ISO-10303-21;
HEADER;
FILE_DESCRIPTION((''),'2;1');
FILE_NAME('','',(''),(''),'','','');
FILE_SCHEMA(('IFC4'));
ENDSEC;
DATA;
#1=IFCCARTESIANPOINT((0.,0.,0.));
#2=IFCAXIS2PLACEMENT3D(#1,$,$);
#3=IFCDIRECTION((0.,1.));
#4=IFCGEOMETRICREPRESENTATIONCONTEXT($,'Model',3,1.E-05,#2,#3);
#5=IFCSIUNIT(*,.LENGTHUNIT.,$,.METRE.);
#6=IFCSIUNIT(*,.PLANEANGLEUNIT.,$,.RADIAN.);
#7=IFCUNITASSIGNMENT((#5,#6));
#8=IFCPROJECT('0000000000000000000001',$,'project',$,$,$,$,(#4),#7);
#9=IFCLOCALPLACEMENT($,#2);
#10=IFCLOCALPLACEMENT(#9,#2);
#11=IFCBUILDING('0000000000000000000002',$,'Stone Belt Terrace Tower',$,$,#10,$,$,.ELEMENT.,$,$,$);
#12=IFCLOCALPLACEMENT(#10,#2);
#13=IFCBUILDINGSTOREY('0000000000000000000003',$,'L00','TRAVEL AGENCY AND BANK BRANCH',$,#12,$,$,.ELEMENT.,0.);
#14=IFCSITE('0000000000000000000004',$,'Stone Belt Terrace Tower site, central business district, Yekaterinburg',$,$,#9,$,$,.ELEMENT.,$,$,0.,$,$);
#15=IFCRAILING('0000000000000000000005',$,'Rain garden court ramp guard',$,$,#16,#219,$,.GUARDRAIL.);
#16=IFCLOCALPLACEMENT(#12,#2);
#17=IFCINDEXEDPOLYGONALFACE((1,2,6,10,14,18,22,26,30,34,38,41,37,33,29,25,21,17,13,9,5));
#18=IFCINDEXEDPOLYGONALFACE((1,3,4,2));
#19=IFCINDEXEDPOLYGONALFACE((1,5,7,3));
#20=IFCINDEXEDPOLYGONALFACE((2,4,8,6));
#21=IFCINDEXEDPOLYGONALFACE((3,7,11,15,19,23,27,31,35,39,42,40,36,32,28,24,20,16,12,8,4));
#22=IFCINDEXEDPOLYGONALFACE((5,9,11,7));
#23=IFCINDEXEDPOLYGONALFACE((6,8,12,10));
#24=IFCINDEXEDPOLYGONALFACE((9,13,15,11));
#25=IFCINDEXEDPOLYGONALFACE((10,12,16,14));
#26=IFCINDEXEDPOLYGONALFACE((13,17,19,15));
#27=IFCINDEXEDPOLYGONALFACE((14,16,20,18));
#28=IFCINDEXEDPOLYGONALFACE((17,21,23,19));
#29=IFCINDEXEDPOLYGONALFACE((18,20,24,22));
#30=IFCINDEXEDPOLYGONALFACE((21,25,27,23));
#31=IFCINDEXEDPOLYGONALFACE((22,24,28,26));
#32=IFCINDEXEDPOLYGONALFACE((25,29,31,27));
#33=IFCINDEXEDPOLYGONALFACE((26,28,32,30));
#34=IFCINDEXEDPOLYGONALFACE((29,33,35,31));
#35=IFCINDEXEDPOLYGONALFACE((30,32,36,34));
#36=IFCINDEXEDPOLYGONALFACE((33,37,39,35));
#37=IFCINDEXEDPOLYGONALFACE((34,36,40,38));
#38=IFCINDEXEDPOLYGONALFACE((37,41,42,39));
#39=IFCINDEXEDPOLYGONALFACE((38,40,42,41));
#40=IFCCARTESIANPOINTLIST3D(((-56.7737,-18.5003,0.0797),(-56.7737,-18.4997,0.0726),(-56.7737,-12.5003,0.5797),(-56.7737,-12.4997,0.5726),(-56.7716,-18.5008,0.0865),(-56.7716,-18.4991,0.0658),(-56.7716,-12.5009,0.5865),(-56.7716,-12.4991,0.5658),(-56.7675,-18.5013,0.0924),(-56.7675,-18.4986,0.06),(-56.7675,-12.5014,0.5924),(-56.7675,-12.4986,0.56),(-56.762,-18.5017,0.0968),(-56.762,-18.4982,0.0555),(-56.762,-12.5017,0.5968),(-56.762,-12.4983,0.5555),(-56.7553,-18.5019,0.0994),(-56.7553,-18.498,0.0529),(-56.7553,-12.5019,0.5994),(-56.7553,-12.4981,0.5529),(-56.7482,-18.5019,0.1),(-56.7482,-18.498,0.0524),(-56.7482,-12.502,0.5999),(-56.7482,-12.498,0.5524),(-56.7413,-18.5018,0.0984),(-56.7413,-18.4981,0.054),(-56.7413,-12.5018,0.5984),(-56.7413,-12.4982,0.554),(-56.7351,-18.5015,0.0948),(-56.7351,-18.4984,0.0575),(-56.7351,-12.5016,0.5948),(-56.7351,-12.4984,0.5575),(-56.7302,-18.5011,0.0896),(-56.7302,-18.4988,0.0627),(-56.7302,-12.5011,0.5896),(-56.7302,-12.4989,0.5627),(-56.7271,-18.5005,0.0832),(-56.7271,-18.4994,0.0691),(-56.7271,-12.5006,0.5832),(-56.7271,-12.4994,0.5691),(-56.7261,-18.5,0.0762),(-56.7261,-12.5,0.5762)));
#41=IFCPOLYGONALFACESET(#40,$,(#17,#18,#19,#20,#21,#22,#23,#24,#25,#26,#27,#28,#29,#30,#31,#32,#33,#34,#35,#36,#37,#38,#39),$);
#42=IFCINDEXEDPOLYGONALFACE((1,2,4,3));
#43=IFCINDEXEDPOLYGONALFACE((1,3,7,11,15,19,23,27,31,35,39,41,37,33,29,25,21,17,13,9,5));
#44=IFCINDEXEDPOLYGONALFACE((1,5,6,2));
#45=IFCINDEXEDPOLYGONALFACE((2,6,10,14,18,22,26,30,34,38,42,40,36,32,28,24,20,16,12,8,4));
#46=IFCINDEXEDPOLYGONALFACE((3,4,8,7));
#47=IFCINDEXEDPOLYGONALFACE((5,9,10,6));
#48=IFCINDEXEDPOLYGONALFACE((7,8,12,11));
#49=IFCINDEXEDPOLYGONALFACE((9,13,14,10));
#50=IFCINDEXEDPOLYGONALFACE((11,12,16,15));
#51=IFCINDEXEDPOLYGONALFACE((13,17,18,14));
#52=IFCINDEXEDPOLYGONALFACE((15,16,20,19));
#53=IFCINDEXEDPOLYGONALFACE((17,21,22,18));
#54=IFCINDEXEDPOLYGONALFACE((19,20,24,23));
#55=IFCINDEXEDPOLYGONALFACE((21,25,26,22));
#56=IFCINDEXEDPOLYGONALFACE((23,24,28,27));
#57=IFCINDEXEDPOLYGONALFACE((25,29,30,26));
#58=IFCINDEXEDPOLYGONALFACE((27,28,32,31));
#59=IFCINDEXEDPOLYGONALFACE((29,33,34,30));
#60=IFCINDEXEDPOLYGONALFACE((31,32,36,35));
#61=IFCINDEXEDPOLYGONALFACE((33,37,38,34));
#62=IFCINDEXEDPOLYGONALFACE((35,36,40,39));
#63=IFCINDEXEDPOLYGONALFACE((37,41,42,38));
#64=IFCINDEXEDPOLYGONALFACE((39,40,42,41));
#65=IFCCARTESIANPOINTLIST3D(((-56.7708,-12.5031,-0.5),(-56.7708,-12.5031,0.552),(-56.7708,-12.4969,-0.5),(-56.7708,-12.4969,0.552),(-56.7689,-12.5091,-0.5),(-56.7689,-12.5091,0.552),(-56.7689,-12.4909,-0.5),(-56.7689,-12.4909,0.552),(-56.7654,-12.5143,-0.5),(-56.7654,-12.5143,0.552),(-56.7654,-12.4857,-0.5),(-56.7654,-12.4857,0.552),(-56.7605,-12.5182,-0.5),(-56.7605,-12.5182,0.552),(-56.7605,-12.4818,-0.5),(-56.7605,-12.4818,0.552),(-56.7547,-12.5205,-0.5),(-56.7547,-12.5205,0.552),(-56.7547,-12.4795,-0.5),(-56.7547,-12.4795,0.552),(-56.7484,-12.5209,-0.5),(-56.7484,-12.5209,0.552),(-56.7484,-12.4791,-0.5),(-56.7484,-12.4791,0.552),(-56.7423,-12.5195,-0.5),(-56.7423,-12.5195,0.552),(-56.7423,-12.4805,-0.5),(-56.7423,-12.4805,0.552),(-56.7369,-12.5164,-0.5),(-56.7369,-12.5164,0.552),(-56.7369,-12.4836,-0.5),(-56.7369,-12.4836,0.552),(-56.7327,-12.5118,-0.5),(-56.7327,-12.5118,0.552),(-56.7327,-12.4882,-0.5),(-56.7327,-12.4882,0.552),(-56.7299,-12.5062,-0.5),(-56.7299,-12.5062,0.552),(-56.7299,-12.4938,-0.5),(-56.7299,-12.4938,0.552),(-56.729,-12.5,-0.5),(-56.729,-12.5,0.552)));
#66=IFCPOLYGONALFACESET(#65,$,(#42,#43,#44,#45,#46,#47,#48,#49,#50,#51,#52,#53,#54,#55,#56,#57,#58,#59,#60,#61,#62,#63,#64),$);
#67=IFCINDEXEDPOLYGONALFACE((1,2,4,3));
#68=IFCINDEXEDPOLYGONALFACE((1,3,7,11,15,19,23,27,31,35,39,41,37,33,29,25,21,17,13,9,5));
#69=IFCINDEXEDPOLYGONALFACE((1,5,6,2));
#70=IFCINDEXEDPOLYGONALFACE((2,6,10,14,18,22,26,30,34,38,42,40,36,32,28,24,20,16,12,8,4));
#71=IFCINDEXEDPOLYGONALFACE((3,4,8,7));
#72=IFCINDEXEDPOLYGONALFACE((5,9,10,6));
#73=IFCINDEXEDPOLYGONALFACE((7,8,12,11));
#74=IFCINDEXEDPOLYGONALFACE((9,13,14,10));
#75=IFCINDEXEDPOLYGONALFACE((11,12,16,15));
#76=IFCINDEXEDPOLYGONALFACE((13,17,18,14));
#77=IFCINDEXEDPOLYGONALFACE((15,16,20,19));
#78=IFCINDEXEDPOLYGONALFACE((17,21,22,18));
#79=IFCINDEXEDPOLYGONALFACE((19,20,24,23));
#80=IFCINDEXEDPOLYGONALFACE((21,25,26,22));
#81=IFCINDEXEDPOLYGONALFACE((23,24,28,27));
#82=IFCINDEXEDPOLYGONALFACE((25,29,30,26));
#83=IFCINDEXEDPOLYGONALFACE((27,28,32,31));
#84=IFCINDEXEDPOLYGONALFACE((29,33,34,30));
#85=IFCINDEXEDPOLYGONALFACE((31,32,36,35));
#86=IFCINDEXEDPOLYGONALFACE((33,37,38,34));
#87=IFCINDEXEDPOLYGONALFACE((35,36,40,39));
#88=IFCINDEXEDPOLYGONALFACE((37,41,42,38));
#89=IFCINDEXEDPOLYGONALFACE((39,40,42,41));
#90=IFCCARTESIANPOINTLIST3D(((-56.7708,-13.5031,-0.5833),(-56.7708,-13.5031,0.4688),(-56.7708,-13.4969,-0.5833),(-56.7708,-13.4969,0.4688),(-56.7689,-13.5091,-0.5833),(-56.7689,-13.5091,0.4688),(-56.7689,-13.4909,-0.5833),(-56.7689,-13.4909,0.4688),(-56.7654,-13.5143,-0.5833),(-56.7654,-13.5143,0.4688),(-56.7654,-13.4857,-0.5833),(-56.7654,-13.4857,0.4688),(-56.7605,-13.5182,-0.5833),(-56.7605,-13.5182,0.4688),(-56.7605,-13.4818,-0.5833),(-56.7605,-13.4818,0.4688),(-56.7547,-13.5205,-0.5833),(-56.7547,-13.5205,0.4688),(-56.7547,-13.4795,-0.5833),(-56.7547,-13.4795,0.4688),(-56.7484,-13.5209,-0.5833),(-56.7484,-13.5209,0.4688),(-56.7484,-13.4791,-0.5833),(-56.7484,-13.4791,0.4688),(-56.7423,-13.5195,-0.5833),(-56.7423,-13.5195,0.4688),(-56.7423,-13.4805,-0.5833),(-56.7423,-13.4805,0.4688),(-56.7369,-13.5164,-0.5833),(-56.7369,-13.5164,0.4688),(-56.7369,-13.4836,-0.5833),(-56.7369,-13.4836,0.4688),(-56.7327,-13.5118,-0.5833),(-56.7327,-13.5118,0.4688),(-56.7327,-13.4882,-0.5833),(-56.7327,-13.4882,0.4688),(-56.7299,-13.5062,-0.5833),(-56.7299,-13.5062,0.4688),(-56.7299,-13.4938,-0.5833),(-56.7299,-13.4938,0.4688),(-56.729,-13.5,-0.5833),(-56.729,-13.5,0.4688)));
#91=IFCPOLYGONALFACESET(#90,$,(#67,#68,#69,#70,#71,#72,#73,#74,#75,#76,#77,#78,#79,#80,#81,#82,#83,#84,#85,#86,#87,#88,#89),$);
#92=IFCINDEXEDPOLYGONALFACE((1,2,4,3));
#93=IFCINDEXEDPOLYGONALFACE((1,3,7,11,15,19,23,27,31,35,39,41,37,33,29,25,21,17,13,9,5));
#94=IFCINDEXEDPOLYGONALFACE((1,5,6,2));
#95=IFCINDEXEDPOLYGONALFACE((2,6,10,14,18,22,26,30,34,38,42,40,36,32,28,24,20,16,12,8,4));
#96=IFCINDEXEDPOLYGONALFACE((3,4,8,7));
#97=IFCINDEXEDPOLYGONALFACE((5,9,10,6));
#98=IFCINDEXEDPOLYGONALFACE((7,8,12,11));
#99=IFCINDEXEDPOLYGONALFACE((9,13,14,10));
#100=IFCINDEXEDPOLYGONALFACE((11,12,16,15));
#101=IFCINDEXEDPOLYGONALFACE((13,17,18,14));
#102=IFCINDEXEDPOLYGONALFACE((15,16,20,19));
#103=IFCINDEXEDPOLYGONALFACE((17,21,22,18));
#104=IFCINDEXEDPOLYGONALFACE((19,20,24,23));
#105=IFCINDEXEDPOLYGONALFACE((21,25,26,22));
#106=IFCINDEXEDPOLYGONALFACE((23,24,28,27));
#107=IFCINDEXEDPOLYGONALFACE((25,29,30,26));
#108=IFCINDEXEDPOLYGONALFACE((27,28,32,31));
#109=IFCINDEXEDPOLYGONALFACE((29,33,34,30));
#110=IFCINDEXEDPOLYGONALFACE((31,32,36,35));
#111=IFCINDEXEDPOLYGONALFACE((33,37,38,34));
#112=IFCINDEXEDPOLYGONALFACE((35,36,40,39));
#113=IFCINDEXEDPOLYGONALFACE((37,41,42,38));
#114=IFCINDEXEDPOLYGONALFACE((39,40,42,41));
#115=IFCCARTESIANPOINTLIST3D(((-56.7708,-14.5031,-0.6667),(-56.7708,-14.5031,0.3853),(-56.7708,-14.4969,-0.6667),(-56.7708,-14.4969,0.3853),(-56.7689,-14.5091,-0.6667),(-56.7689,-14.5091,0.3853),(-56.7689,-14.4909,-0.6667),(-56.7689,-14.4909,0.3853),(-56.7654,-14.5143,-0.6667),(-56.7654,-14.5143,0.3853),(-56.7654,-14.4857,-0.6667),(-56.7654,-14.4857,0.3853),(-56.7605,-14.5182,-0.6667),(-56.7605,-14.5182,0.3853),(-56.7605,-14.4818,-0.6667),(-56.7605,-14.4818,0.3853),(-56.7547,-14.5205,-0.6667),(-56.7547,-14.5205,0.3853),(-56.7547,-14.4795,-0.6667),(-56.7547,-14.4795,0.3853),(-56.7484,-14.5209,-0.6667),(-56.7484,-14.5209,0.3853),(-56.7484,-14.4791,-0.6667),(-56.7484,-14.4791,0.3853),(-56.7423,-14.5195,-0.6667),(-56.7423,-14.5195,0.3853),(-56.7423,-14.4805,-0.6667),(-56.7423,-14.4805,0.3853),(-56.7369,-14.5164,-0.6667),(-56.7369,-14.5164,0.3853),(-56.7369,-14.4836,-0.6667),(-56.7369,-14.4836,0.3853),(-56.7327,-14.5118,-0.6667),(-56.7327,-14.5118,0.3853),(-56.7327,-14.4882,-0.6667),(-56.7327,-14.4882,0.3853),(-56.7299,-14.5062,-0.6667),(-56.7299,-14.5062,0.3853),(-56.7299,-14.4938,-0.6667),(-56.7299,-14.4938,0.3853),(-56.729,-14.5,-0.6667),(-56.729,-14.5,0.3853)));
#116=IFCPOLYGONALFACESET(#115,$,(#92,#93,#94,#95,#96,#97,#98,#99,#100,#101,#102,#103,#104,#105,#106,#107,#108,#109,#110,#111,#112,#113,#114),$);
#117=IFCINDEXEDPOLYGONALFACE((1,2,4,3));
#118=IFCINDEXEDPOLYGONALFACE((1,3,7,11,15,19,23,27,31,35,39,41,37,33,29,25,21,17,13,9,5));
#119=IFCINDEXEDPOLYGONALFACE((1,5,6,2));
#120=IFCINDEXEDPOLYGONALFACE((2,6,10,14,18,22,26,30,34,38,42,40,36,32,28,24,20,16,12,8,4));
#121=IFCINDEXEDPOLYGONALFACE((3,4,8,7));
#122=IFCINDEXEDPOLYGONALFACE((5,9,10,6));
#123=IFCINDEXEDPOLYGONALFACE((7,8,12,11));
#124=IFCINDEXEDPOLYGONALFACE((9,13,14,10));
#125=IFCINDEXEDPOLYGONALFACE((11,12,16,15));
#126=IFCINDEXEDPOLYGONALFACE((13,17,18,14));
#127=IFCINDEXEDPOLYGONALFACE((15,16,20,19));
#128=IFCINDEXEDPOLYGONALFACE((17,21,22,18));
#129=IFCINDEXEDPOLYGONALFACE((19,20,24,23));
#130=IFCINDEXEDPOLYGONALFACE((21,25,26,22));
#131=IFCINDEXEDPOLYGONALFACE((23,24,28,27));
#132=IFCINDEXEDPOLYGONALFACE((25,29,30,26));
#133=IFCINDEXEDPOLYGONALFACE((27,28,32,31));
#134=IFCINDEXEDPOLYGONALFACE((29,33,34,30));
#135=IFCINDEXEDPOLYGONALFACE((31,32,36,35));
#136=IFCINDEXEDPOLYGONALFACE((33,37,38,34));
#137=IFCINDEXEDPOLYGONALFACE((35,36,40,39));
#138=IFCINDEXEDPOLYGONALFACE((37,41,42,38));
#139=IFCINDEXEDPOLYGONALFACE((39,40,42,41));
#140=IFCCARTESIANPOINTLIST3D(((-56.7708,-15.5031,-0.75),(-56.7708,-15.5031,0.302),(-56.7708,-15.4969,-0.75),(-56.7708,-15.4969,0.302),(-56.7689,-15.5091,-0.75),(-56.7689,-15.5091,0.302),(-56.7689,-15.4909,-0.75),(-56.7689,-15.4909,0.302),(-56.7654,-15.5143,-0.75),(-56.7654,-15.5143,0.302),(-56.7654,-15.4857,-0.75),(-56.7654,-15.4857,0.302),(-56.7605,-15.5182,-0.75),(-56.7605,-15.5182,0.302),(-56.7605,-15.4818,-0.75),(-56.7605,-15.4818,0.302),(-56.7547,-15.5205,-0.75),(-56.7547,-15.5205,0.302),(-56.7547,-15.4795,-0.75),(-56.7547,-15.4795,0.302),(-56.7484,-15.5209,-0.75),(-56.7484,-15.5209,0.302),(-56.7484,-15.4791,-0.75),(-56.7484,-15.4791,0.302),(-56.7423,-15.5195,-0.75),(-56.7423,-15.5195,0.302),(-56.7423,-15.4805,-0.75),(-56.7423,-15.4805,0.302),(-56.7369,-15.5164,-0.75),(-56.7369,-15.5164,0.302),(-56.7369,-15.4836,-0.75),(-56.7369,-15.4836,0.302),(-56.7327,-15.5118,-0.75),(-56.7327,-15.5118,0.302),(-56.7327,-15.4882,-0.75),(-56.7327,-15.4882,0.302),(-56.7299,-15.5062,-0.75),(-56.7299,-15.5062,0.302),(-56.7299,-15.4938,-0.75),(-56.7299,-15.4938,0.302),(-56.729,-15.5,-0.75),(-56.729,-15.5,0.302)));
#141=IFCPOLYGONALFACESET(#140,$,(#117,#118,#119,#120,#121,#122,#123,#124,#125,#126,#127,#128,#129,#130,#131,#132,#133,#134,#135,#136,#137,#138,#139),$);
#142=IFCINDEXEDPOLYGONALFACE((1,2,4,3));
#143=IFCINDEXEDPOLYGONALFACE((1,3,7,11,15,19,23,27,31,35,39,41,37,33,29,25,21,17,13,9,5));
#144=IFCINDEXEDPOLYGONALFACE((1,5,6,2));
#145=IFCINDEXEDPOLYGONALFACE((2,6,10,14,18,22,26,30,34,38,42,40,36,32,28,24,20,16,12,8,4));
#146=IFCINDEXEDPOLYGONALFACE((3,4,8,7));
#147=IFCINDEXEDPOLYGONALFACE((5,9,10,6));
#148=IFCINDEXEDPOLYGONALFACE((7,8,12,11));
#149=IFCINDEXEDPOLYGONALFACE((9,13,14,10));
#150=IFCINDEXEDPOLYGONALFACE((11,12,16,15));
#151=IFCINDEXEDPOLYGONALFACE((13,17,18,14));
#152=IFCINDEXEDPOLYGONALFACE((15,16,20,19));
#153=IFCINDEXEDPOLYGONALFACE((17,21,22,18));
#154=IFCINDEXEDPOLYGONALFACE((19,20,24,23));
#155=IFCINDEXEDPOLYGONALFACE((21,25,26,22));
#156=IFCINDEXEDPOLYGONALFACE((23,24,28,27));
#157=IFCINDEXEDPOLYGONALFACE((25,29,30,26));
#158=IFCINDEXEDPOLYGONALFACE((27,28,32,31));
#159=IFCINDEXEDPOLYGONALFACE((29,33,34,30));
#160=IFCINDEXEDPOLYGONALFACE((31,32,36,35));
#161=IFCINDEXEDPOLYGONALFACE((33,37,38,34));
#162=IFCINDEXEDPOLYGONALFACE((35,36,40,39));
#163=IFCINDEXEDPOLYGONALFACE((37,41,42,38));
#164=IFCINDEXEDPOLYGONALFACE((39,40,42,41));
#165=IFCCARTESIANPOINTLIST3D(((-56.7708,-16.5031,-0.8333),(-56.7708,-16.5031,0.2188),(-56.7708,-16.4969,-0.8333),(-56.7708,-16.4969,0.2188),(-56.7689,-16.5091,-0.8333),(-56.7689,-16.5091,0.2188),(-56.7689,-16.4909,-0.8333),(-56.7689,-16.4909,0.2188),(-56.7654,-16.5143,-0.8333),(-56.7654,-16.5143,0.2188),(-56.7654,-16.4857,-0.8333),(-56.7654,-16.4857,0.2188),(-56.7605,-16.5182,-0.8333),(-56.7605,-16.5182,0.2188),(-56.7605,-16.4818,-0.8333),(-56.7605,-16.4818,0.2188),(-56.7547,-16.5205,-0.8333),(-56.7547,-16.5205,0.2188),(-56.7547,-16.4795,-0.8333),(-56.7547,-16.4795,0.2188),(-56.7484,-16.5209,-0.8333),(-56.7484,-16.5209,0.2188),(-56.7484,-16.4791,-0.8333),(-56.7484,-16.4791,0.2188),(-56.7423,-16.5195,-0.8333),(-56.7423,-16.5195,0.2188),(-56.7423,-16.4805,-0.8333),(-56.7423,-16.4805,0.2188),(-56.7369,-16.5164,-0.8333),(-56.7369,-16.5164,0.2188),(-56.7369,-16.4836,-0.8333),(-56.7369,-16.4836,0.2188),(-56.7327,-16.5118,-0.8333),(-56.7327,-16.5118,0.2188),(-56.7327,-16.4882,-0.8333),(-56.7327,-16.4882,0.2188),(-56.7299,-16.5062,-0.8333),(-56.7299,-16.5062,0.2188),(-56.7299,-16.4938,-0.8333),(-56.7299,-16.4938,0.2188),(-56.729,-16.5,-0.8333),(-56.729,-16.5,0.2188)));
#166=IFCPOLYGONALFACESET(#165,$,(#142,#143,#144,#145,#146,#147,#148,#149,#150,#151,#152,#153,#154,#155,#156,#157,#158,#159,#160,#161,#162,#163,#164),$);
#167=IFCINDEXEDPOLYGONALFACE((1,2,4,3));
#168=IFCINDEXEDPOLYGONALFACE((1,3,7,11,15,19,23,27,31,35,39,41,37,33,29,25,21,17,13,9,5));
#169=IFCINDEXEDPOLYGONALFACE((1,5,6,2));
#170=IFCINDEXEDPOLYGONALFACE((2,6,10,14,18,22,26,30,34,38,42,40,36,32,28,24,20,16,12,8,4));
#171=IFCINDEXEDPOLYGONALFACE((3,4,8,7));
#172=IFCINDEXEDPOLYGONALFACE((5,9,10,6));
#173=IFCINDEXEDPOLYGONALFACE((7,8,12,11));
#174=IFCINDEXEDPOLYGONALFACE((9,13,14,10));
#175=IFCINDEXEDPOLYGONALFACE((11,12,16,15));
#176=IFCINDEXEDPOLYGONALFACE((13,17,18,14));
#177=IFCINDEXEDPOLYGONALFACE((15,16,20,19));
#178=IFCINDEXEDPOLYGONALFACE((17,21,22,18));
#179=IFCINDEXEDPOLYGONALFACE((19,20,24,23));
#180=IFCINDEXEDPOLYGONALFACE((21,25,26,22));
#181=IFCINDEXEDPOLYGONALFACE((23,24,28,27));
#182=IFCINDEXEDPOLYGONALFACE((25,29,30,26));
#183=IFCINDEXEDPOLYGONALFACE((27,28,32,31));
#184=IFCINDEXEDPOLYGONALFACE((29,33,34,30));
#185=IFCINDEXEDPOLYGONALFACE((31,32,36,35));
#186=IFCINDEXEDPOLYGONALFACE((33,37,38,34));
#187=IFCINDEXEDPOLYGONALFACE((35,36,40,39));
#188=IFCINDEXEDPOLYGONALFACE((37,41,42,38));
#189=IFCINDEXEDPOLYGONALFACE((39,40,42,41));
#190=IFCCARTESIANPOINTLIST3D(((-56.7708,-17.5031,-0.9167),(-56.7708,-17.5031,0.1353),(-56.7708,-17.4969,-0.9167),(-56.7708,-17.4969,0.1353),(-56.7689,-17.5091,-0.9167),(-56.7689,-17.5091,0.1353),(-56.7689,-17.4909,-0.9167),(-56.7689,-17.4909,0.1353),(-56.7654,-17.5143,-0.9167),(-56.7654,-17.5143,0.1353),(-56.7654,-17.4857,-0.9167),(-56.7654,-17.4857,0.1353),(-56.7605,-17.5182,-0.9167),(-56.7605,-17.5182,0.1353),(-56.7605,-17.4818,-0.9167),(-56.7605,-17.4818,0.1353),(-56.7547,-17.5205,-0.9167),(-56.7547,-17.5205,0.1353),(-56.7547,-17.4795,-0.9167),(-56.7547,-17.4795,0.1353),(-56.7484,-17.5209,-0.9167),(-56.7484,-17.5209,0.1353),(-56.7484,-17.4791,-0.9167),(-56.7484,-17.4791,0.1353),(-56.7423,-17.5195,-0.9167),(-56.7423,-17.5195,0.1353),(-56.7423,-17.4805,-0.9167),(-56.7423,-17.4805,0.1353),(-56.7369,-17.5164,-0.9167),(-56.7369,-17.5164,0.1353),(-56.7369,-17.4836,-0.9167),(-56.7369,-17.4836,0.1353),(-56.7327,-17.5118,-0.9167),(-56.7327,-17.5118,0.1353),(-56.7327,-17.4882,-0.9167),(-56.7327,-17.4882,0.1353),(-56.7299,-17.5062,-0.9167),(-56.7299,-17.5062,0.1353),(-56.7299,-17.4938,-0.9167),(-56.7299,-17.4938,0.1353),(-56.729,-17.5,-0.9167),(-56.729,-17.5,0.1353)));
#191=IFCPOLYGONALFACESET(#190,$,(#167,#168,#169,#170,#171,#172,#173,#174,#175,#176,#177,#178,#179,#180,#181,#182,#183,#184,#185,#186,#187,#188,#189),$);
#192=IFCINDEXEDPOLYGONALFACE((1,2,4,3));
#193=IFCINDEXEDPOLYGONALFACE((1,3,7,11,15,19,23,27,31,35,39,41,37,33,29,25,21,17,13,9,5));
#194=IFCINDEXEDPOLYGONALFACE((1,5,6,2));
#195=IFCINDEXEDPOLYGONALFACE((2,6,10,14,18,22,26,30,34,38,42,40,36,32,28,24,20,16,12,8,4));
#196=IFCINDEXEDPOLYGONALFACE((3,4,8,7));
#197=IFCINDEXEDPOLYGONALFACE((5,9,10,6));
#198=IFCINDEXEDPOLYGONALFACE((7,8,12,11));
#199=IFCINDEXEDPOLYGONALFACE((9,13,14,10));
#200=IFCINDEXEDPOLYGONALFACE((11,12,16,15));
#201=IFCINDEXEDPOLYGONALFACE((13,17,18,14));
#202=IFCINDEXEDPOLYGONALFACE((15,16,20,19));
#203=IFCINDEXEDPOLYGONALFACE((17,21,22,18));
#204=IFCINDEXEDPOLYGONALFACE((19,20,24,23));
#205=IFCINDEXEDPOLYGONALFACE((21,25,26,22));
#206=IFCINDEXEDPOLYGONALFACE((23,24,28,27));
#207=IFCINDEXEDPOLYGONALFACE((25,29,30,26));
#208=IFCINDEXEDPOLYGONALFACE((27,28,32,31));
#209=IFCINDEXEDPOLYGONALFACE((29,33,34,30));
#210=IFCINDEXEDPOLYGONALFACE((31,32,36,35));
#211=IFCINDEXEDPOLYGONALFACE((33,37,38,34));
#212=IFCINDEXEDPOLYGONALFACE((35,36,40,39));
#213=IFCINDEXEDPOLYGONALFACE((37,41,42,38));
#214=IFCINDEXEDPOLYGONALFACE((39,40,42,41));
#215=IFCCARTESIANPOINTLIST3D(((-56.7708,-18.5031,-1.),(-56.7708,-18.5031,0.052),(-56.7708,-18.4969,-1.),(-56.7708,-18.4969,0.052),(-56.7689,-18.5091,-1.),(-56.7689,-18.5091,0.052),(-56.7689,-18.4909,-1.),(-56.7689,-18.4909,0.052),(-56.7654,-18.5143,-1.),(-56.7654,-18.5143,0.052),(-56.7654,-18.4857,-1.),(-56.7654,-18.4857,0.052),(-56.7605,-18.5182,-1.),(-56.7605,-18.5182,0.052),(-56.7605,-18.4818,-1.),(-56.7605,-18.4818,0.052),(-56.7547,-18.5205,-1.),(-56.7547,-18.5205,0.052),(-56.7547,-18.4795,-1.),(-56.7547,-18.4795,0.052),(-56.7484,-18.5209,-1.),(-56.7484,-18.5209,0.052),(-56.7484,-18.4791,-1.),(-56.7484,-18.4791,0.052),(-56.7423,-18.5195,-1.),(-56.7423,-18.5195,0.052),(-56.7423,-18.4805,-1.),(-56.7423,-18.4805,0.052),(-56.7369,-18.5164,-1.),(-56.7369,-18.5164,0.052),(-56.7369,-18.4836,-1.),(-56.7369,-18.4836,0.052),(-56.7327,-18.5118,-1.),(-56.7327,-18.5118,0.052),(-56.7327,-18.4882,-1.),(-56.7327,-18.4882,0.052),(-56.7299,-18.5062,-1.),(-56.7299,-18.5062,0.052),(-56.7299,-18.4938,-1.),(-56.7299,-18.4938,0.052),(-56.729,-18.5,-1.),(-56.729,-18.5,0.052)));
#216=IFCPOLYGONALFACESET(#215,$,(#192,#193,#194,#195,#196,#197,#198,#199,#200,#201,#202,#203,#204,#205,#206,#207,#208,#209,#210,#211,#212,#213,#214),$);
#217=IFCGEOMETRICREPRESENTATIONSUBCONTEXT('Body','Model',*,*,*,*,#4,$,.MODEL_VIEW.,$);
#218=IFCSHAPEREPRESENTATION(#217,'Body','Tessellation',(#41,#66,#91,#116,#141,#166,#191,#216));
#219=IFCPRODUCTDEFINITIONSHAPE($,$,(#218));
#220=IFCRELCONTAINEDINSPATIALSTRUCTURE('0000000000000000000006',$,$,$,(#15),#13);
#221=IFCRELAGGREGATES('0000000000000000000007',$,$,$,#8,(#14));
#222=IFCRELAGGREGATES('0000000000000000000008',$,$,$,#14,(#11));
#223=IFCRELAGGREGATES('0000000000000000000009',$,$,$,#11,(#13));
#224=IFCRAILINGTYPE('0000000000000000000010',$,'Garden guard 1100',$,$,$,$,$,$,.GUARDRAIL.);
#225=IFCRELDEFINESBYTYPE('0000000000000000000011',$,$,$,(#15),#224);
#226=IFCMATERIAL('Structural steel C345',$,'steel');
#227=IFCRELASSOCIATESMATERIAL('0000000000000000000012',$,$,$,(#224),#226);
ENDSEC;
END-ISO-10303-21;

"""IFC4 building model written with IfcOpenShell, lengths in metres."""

from ifc_helpers import new_model, si_unit, direction, frame, origin, origin_2d, place, context, subcontext, project, spatial, circle, extrude, material, type_object, element, save


model = new_model("IFC4")

# Units and contexts
model_context = context("Model", 3, precision=1e-05, world=origin(), true_north=direction((0.0, 1.0)))
body_context = subcontext(model_context, "Body", "Model", "MODEL_VIEW")
ifc_project = project(units=[si_unit("LENGTHUNIT", "METRE"), si_unit("PLANEANGLEUNIT", "RADIAN")], contexts=[model_context])

# Site, building, storey
site_placement = place(None, origin())
site = spatial("IfcSite", under=ifc_project, at=site_placement, Name="Stone Belt Terrace Tower site, central business district, Yekaterinburg", CompositionType="ELEMENT", RefElevation=0.0)
building_placement = place(site_placement, origin())
building = spatial("IfcBuilding", under=site, at=building_placement, Name="Stone Belt Terrace Tower", CompositionType="ELEMENT")
storey_placement = place(building_placement, origin())
storey = spatial("IfcBuildingStorey", under=building, at=storey_placement, Name="L00", Description="TRAVEL AGENCY AND BANK BRANCH", CompositionType="ELEMENT", Elevation=0.0)

# Railing
ifc_material_1 = material(Name="Structural steel C345", Category="steel")
railing_type_1 = type_object("IfcRailingType", Name="Garden guard 1100", PredefinedType="GUARDRAIL", material=ifc_material_1)
railing_1_placement = place(storey_placement, frame((-56.75, -12.5, -0.5)))
element("IfcRailing", 1, at=railing_1_placement, inside=storey, type_object=railing_type_1, Name="Rain garden court ramp guard", PredefinedType="GUARDRAIL", context=body_context, shape_type="SweptSolid", body=[
    extrude(circle(Radius=0.0239, at=origin_2d()), frame((0.0, 0.0, 1.0762), z_axis=(0.0, -0.996546, -0.083045), x_axis=(1.0, 0.0, 0.0)), (0.0, 0.0, 1.0), 6.0208),
    extrude(circle(Radius=0.021, at=origin_2d()), origin(), (0.0, 0.0, 1.0), 1.052),
    extrude(circle(Radius=0.021, at=origin_2d()), frame((0.0, -1.0, -0.0833)), (0.0, 0.0, 1.0), 1.052),
    extrude(circle(Radius=0.021, at=origin_2d()), frame((0.0, -2.0, -0.1667)), (0.0, 0.0, 1.0), 1.052),
    extrude(circle(Radius=0.021, at=origin_2d()), frame((0.0, -3.0, -0.25)), (0.0, 0.0, 1.0), 1.052),
    extrude(circle(Radius=0.021, at=origin_2d()), frame((0.0, -4.0, -0.3333)), (0.0, 0.0, 1.0), 1.052),
    extrude(circle(Radius=0.021, at=origin_2d()), frame((0.0, -5.0, -0.4167)), (0.0, 0.0, 1.0), 1.052),
    extrude(circle(Radius=0.021, at=origin_2d()), frame((0.0, -6.0, -0.5)), (0.0, 0.0, 1.0), 1.052),
])

save(model, "model.ifc")
